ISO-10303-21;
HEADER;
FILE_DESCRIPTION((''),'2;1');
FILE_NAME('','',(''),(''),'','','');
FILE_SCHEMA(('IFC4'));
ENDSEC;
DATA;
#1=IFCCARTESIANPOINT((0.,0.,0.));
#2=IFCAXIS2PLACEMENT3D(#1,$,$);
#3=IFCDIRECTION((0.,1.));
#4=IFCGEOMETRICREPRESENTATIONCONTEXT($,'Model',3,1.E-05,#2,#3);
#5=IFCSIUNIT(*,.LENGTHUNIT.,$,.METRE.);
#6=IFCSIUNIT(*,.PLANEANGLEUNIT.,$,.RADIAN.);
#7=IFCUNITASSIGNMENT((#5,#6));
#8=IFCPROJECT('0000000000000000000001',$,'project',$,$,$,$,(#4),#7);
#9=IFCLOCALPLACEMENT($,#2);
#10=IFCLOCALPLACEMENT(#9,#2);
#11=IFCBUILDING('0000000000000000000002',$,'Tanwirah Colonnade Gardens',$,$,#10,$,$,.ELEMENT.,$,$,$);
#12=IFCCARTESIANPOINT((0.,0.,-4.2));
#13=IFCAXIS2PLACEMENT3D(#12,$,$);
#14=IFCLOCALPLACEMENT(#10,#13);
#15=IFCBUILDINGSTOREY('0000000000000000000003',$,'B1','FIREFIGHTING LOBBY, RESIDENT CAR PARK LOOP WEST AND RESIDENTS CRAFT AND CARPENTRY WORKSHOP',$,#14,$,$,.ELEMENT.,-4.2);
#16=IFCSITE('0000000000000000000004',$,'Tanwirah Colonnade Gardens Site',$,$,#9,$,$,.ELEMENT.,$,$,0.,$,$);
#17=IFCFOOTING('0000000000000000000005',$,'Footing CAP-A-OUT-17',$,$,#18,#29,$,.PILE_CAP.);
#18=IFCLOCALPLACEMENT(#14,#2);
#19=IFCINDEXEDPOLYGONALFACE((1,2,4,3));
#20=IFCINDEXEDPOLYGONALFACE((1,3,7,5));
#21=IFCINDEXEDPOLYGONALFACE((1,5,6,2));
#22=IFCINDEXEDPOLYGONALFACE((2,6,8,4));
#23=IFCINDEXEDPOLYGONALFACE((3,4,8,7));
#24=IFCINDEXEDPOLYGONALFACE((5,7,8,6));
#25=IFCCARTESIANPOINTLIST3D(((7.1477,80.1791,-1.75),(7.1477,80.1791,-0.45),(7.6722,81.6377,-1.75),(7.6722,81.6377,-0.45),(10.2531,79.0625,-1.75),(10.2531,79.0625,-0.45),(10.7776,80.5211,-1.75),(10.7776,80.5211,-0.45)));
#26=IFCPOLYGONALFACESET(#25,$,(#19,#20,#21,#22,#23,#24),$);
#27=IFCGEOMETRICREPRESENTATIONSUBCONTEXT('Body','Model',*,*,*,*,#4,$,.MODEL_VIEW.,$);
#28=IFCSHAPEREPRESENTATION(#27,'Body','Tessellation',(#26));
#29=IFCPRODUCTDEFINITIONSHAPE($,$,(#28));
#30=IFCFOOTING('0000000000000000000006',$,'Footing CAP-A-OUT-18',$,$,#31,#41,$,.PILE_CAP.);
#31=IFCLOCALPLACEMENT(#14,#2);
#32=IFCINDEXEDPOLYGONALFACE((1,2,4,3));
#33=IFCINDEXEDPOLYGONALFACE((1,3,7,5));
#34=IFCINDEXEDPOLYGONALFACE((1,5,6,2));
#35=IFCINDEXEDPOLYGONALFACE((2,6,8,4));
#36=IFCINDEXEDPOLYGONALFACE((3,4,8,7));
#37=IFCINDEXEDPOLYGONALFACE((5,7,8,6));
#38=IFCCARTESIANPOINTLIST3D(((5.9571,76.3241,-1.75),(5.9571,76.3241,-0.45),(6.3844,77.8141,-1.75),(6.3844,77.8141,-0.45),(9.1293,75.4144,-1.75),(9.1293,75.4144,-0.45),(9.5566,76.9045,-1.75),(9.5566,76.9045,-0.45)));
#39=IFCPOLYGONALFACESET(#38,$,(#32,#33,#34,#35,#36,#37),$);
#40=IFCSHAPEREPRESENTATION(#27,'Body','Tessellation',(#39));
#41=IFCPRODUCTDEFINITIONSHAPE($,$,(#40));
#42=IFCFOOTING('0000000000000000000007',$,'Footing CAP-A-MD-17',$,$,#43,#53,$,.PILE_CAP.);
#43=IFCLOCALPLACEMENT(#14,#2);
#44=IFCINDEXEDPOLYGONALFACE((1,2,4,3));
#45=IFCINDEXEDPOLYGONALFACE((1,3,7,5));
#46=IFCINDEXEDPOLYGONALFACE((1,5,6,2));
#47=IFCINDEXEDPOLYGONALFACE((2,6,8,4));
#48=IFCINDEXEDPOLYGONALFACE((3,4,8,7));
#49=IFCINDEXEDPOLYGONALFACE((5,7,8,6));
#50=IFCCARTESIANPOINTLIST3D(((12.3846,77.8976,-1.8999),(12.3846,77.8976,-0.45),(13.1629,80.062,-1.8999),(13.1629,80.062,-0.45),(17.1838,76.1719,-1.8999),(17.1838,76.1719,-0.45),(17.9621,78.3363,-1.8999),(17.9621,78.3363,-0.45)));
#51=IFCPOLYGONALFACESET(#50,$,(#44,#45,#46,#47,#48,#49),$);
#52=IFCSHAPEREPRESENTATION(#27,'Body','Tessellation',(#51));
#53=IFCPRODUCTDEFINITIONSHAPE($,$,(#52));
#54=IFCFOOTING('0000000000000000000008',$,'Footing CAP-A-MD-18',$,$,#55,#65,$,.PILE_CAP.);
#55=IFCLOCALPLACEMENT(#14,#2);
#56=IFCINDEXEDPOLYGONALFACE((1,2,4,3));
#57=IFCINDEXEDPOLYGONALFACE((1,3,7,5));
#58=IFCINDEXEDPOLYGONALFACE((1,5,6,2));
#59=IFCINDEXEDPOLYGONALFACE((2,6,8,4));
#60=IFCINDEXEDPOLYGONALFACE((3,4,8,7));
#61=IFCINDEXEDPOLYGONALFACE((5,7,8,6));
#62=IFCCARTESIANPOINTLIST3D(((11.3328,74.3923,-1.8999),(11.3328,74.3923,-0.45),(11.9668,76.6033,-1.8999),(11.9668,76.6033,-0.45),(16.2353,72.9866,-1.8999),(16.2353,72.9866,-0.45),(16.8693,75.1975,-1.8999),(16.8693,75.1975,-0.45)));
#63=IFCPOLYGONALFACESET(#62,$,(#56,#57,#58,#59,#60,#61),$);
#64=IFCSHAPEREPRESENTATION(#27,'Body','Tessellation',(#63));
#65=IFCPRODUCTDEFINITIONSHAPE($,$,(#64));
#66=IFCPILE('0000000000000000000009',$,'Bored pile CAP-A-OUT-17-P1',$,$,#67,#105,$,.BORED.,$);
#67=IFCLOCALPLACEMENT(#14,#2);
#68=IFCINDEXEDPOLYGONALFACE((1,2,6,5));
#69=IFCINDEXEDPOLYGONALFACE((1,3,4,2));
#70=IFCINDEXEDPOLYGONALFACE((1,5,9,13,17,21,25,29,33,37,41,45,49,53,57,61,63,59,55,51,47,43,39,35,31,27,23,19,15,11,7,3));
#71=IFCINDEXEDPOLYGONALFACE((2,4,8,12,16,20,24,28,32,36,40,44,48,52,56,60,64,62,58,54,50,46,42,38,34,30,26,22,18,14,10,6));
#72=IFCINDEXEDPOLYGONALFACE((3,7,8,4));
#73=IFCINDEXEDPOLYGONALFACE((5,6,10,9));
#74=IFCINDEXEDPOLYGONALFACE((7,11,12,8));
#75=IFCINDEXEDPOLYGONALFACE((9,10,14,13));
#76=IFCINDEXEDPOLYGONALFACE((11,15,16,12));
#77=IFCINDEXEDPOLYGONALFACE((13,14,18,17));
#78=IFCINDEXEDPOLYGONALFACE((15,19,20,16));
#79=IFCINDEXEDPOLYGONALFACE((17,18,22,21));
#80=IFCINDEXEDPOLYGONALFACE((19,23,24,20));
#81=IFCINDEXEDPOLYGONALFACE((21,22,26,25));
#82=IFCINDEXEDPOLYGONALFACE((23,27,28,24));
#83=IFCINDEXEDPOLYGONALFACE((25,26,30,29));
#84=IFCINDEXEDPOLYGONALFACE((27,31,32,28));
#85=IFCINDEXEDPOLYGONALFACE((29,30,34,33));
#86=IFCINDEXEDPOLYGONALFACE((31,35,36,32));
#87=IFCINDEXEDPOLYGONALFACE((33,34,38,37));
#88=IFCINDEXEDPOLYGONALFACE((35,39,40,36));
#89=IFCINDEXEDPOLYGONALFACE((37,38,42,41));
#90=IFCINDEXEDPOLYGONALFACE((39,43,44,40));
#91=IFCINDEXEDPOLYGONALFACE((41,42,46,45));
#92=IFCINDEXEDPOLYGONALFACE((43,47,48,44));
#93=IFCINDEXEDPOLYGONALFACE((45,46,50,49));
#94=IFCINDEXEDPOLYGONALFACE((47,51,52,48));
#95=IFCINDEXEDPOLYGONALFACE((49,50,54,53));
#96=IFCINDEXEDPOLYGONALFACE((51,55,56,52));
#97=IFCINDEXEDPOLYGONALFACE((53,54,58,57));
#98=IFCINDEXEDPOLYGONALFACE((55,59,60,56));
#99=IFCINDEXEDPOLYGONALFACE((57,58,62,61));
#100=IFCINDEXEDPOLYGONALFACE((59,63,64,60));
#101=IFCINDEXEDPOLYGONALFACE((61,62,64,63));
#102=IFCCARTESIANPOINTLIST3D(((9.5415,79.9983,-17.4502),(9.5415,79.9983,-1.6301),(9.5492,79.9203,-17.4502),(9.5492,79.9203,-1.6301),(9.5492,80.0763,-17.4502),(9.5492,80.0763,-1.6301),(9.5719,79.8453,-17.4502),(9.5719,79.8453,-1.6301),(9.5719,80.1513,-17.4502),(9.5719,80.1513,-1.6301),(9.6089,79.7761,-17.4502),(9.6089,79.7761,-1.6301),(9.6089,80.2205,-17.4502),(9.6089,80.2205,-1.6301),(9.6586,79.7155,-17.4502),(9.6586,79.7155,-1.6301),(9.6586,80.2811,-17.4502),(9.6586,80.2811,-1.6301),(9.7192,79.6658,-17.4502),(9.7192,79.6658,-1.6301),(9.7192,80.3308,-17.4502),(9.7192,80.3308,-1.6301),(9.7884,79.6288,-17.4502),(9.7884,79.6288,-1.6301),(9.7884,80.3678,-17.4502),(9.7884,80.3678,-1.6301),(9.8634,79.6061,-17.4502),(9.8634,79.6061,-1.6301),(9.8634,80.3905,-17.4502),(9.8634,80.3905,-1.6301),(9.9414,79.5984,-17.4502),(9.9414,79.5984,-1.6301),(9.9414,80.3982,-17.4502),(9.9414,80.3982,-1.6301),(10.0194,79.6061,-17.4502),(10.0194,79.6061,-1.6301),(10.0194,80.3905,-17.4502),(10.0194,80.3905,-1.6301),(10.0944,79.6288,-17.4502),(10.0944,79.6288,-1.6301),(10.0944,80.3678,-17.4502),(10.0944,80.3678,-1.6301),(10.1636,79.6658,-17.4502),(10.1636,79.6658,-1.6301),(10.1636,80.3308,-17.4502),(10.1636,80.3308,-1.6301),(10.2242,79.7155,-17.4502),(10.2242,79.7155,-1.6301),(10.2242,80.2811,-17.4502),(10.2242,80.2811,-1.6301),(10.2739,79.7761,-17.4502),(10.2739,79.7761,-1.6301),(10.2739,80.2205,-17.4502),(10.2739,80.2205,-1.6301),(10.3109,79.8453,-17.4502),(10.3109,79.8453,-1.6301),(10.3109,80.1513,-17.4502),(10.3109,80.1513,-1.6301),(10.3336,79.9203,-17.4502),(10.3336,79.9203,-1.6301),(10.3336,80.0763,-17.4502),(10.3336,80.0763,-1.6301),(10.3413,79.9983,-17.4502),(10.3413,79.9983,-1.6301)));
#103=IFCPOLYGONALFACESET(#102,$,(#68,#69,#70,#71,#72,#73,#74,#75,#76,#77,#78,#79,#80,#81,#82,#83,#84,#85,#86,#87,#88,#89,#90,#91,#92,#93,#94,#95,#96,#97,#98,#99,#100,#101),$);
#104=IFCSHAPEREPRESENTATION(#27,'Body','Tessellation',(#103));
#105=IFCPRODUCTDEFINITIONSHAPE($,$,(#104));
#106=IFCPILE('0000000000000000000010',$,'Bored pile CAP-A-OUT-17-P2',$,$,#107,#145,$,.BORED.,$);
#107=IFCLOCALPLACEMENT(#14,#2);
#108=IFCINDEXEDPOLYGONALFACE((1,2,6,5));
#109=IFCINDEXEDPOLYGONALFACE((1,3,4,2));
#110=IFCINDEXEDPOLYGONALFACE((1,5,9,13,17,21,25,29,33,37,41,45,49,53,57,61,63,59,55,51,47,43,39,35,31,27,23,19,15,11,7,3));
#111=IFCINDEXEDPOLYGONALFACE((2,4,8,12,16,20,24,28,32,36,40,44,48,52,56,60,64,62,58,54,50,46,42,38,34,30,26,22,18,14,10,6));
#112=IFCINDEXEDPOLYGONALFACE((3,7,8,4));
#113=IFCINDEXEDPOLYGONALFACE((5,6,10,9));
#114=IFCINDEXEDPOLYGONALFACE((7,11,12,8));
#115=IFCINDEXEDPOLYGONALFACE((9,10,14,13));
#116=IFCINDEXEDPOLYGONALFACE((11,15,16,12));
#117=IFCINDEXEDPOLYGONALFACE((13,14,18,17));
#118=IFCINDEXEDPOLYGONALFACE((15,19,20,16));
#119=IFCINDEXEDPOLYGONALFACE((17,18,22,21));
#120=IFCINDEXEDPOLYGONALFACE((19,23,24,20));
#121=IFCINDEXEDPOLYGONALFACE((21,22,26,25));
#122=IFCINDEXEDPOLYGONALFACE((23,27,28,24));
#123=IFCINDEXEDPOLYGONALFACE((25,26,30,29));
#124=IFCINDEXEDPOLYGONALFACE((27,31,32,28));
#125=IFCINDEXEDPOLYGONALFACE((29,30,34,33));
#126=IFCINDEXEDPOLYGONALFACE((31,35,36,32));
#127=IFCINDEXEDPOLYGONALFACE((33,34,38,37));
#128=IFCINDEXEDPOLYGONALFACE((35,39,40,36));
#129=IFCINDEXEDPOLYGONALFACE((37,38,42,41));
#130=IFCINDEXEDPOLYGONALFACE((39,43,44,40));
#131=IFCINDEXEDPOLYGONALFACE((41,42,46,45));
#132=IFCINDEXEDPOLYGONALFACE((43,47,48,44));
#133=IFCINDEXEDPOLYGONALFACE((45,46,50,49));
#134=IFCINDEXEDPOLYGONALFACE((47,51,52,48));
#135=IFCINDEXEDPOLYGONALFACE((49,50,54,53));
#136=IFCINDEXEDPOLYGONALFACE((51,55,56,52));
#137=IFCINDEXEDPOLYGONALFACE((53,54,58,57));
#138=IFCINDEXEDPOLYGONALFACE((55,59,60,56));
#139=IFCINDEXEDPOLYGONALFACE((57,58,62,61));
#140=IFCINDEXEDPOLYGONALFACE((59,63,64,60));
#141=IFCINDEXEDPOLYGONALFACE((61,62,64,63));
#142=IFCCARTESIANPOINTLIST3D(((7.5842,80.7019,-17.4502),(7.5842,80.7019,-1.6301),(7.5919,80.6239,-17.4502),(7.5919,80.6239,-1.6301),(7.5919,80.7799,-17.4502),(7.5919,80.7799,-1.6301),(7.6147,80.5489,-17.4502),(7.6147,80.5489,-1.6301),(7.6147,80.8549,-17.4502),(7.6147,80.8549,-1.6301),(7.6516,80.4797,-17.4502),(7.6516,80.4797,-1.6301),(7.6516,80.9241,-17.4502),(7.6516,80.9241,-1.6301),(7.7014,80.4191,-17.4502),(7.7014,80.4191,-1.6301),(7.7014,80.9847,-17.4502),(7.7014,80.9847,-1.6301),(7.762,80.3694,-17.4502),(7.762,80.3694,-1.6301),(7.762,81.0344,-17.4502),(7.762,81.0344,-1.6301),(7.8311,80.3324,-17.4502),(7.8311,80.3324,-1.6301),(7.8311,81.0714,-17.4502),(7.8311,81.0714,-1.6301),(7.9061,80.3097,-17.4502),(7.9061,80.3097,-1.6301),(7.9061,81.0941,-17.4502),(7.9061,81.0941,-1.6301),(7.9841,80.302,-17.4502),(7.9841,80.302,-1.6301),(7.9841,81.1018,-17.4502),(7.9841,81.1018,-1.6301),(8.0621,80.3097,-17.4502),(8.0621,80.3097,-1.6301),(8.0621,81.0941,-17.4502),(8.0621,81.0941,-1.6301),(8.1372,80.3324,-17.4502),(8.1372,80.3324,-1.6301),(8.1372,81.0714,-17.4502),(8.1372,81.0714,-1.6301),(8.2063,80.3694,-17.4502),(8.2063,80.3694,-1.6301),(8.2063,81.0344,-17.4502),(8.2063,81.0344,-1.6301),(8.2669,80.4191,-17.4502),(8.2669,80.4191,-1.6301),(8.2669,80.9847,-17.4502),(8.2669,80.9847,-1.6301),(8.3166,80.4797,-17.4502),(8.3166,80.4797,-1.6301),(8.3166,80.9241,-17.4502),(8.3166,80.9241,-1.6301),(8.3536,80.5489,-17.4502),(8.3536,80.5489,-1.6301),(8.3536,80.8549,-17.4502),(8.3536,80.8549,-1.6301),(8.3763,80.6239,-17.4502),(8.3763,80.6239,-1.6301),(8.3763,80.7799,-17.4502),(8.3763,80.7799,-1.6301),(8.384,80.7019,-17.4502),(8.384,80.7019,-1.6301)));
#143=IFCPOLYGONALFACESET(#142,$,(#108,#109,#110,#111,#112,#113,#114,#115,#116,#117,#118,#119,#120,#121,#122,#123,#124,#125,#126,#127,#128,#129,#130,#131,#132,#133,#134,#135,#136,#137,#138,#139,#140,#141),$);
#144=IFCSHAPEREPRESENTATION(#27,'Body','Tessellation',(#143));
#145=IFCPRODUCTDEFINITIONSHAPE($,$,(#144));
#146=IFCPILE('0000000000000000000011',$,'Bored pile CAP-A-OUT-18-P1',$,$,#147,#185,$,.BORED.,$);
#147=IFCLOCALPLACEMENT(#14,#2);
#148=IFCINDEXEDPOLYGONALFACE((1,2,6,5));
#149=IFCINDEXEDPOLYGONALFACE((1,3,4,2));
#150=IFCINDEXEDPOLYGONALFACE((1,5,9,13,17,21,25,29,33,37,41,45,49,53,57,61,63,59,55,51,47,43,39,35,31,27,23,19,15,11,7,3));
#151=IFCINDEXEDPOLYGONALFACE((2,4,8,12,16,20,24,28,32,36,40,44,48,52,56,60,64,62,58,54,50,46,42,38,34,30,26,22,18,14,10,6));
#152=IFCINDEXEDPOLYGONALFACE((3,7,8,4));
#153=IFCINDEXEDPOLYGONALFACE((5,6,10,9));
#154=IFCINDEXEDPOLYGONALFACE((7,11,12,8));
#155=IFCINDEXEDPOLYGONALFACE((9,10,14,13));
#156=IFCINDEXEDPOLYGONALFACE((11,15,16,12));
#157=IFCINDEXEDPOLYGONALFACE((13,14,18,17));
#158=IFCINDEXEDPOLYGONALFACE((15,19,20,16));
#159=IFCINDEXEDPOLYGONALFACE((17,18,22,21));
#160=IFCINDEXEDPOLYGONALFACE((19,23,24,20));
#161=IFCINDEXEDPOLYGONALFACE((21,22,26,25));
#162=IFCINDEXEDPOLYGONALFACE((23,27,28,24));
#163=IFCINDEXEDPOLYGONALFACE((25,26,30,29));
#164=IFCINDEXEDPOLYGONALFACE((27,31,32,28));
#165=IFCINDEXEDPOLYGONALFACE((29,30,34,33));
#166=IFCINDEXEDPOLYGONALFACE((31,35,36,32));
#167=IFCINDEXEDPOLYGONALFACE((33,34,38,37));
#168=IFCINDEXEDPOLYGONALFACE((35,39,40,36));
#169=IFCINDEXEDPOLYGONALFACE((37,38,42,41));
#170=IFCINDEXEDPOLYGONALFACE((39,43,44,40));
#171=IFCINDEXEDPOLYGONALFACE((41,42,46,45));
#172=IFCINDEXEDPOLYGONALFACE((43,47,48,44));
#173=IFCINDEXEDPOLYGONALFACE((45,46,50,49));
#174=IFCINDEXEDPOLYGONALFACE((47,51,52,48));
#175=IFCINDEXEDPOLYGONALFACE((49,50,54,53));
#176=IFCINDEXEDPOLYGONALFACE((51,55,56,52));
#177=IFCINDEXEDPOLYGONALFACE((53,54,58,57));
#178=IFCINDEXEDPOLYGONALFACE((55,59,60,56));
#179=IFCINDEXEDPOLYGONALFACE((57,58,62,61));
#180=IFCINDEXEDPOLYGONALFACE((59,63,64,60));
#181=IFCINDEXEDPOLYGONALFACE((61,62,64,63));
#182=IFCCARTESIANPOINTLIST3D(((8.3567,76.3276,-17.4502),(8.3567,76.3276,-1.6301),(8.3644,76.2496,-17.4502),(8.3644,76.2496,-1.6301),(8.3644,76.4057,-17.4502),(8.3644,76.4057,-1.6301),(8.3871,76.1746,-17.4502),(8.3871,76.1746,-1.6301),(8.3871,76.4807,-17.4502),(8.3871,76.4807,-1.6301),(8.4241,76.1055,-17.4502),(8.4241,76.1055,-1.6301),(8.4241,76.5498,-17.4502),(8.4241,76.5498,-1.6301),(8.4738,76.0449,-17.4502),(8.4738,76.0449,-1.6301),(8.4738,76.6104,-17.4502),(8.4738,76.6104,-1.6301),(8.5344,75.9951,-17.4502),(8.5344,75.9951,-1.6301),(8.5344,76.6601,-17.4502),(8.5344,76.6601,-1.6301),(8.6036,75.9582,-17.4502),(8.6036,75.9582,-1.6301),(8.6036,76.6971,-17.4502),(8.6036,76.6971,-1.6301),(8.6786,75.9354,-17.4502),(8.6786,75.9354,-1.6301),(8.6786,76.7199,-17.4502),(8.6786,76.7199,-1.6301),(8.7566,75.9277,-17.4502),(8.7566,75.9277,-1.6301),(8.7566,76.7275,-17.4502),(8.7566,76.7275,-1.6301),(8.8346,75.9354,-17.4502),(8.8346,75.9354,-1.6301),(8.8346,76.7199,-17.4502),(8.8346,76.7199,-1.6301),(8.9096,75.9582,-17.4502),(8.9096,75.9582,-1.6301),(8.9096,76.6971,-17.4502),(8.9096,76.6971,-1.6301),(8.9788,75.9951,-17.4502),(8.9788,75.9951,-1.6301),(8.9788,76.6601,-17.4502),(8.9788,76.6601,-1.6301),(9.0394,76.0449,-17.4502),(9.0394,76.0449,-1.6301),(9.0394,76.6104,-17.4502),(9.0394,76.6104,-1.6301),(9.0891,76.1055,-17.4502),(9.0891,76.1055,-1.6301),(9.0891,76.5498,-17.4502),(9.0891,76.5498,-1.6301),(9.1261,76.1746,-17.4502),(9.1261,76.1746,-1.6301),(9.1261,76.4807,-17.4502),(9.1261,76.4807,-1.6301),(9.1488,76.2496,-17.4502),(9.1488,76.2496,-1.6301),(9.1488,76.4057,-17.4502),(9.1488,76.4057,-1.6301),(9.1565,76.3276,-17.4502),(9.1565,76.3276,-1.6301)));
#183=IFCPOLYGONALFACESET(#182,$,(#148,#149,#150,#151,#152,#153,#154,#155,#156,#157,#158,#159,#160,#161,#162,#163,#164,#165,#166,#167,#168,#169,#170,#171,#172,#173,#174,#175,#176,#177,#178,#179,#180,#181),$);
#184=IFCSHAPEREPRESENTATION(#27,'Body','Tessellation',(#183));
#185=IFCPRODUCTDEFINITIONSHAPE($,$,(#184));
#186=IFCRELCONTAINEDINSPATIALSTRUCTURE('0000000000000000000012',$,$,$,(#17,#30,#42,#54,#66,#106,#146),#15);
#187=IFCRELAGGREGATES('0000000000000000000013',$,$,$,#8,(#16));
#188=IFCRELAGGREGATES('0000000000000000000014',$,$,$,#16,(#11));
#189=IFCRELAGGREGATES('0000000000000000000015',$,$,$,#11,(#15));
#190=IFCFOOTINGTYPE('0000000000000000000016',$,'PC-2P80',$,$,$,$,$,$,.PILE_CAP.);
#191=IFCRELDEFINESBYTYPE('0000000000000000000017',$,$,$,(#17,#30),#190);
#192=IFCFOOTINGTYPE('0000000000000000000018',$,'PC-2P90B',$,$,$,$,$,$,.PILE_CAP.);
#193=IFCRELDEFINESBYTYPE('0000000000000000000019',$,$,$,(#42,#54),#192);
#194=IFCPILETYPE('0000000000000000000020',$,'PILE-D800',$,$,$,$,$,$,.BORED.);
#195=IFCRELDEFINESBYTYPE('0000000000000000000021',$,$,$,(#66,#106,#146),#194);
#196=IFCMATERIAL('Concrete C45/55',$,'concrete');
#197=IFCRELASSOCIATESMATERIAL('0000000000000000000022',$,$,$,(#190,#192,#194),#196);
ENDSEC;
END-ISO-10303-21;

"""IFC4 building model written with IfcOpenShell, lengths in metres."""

from ifc_helpers import new_model, si_unit, direction, frame, origin, origin_2d, place, context, subcontext, project, spatial, rectangle, circle, extrude, material, material_profile, profile_set, type_object, element, save


model = new_model("IFC4")

# Units and contexts
model_context = context("Model", 3, precision=1e-05, world=origin(), true_north=direction((0.0, 1.0)))
body_context = subcontext(model_context, "Body", "Model", "MODEL_VIEW")
ifc_project = project(units=[si_unit("LENGTHUNIT", "METRE"), si_unit("PLANEANGLEUNIT", "RADIAN")], contexts=[model_context])

# Site, building, storey
site_placement = place(None, origin())
site = spatial("IfcSite", under=ifc_project, at=site_placement, Name="Tanwirah Colonnade Gardens Site", CompositionType="ELEMENT", RefElevation=0.0)
building_placement = place(site_placement, origin())
building = spatial("IfcBuilding", under=site, at=building_placement, Name="Tanwirah Colonnade Gardens", CompositionType="ELEMENT")
storey_placement = place(building_placement, frame((0.0, 0.0, -4.2)))
storey = spatial("IfcBuildingStorey", under=building, at=storey_placement, Name="B1", Description="FIREFIGHTING LOBBY, RESIDENT CAR PARK LOOP WEST AND RESIDENTS CRAFT AND CARPENTRY WORKSHOP", CompositionType="ELEMENT", Elevation=-4.2)

# Footings
ifc_material_1 = material(Name="Concrete C45/55", Category="concrete")
footing_type_1 = type_object("IfcFootingType", Name="PC-2P80", PredefinedType="PILE_CAP", material=ifc_material_1)
for number, where, z_axis, x_axis, name in (
    (1, (8.9626, 80.3501, -1.75), (0.0, 0.0, 1.0), (-0.941012, 0.338373, 0.0), "Footing CAP-A-OUT-17"),
    (2, (7.7568, 76.6143, -1.75), (0.0, 0.0, 1.0), (-0.961262, 0.275637, 0.0), "Footing CAP-A-OUT-18"),
):
    element("IfcFooting", number, at=place(storey_placement, frame(where, z_axis=z_axis, x_axis=x_axis)), inside=storey, type_object=footing_type_1, Name=name, PredefinedType="PILE_CAP", context=body_context, shape_type="SweptSolid", body=[
        extrude(rectangle(XDim=3.3, YDim=1.55, at=origin_2d()), origin(), (0.0, 0.0, 1.0), 1.3),
    ])
footing_type_2 = type_object("IfcFootingType", Name="PC-2P90B", PredefinedType="PILE_CAP", material=ifc_material_1)
for number, where, z_axis, x_axis, name in (
    (3, (15.1733, 78.1169, -1.8999), (0.0, 0.0, 1.0), (-0.941012, 0.338373, 0.0), "Footing CAP-A-MD-17"),
    (4, (14.1011, 74.7949, -1.8999), (0.0, 0.0, 1.0), (-0.961262, 0.275637, 0.0), "Footing CAP-A-MD-18"),
):
    element("IfcFooting", number, at=place(storey_placement, frame(where, z_axis=z_axis, x_axis=x_axis)), inside=storey, type_object=footing_type_2, Name=name, PredefinedType="PILE_CAP", context=body_context, shape_type="SweptSolid", body=[
        extrude(rectangle(XDim=5.1001, YDim=2.3, at=origin_2d()), origin(), (0.0, 0.0, 1.0), 1.45),
    ])

# Piles
ifc_material_profile_1 = material_profile(ifc_material_1, circle(Radius=0.3999, at=origin_2d()), Name="PILE D800")
ifc_profile_set_1 = profile_set([ifc_material_profile_1], Name="Concrete C45/55")
pile_type_1 = type_object("IfcPileType", Name="PILE-D800", PredefinedType="BORED", material=ifc_profile_set_1)
for number, where, z_axis, x_axis, name in (
    (5, (9.9414, 79.9983, -1.6301), (0.0, 0.0, -1.0), (1.0, 0.0, 0.0), "Bored pile CAP-A-OUT-17-P1"),
    (6, (7.9841, 80.7019, -1.6301), (0.0, 0.0, -1.0), (1.0, 0.0, 0.0), "Bored pile CAP-A-OUT-17-P2"),
    (7, (8.7566, 76.3276, -1.6301), (0.0, 0.0, -1.0), (1.0, 0.0, 0.0), "Bored pile CAP-A-OUT-18-P1"),
):
    element("IfcPile", number, at=place(storey_placement, frame(where, z_axis=z_axis, x_axis=x_axis)), inside=storey, type_object=pile_type_1, Name=name, PredefinedType="BORED", context=body_context, shape_type="SweptSolid", body=[
        extrude(circle(Radius=0.3999, at=origin_2d()), origin(), (0.0, 0.0, 1.0), 15.8201),
    ])

save(model, "model.ifc")
